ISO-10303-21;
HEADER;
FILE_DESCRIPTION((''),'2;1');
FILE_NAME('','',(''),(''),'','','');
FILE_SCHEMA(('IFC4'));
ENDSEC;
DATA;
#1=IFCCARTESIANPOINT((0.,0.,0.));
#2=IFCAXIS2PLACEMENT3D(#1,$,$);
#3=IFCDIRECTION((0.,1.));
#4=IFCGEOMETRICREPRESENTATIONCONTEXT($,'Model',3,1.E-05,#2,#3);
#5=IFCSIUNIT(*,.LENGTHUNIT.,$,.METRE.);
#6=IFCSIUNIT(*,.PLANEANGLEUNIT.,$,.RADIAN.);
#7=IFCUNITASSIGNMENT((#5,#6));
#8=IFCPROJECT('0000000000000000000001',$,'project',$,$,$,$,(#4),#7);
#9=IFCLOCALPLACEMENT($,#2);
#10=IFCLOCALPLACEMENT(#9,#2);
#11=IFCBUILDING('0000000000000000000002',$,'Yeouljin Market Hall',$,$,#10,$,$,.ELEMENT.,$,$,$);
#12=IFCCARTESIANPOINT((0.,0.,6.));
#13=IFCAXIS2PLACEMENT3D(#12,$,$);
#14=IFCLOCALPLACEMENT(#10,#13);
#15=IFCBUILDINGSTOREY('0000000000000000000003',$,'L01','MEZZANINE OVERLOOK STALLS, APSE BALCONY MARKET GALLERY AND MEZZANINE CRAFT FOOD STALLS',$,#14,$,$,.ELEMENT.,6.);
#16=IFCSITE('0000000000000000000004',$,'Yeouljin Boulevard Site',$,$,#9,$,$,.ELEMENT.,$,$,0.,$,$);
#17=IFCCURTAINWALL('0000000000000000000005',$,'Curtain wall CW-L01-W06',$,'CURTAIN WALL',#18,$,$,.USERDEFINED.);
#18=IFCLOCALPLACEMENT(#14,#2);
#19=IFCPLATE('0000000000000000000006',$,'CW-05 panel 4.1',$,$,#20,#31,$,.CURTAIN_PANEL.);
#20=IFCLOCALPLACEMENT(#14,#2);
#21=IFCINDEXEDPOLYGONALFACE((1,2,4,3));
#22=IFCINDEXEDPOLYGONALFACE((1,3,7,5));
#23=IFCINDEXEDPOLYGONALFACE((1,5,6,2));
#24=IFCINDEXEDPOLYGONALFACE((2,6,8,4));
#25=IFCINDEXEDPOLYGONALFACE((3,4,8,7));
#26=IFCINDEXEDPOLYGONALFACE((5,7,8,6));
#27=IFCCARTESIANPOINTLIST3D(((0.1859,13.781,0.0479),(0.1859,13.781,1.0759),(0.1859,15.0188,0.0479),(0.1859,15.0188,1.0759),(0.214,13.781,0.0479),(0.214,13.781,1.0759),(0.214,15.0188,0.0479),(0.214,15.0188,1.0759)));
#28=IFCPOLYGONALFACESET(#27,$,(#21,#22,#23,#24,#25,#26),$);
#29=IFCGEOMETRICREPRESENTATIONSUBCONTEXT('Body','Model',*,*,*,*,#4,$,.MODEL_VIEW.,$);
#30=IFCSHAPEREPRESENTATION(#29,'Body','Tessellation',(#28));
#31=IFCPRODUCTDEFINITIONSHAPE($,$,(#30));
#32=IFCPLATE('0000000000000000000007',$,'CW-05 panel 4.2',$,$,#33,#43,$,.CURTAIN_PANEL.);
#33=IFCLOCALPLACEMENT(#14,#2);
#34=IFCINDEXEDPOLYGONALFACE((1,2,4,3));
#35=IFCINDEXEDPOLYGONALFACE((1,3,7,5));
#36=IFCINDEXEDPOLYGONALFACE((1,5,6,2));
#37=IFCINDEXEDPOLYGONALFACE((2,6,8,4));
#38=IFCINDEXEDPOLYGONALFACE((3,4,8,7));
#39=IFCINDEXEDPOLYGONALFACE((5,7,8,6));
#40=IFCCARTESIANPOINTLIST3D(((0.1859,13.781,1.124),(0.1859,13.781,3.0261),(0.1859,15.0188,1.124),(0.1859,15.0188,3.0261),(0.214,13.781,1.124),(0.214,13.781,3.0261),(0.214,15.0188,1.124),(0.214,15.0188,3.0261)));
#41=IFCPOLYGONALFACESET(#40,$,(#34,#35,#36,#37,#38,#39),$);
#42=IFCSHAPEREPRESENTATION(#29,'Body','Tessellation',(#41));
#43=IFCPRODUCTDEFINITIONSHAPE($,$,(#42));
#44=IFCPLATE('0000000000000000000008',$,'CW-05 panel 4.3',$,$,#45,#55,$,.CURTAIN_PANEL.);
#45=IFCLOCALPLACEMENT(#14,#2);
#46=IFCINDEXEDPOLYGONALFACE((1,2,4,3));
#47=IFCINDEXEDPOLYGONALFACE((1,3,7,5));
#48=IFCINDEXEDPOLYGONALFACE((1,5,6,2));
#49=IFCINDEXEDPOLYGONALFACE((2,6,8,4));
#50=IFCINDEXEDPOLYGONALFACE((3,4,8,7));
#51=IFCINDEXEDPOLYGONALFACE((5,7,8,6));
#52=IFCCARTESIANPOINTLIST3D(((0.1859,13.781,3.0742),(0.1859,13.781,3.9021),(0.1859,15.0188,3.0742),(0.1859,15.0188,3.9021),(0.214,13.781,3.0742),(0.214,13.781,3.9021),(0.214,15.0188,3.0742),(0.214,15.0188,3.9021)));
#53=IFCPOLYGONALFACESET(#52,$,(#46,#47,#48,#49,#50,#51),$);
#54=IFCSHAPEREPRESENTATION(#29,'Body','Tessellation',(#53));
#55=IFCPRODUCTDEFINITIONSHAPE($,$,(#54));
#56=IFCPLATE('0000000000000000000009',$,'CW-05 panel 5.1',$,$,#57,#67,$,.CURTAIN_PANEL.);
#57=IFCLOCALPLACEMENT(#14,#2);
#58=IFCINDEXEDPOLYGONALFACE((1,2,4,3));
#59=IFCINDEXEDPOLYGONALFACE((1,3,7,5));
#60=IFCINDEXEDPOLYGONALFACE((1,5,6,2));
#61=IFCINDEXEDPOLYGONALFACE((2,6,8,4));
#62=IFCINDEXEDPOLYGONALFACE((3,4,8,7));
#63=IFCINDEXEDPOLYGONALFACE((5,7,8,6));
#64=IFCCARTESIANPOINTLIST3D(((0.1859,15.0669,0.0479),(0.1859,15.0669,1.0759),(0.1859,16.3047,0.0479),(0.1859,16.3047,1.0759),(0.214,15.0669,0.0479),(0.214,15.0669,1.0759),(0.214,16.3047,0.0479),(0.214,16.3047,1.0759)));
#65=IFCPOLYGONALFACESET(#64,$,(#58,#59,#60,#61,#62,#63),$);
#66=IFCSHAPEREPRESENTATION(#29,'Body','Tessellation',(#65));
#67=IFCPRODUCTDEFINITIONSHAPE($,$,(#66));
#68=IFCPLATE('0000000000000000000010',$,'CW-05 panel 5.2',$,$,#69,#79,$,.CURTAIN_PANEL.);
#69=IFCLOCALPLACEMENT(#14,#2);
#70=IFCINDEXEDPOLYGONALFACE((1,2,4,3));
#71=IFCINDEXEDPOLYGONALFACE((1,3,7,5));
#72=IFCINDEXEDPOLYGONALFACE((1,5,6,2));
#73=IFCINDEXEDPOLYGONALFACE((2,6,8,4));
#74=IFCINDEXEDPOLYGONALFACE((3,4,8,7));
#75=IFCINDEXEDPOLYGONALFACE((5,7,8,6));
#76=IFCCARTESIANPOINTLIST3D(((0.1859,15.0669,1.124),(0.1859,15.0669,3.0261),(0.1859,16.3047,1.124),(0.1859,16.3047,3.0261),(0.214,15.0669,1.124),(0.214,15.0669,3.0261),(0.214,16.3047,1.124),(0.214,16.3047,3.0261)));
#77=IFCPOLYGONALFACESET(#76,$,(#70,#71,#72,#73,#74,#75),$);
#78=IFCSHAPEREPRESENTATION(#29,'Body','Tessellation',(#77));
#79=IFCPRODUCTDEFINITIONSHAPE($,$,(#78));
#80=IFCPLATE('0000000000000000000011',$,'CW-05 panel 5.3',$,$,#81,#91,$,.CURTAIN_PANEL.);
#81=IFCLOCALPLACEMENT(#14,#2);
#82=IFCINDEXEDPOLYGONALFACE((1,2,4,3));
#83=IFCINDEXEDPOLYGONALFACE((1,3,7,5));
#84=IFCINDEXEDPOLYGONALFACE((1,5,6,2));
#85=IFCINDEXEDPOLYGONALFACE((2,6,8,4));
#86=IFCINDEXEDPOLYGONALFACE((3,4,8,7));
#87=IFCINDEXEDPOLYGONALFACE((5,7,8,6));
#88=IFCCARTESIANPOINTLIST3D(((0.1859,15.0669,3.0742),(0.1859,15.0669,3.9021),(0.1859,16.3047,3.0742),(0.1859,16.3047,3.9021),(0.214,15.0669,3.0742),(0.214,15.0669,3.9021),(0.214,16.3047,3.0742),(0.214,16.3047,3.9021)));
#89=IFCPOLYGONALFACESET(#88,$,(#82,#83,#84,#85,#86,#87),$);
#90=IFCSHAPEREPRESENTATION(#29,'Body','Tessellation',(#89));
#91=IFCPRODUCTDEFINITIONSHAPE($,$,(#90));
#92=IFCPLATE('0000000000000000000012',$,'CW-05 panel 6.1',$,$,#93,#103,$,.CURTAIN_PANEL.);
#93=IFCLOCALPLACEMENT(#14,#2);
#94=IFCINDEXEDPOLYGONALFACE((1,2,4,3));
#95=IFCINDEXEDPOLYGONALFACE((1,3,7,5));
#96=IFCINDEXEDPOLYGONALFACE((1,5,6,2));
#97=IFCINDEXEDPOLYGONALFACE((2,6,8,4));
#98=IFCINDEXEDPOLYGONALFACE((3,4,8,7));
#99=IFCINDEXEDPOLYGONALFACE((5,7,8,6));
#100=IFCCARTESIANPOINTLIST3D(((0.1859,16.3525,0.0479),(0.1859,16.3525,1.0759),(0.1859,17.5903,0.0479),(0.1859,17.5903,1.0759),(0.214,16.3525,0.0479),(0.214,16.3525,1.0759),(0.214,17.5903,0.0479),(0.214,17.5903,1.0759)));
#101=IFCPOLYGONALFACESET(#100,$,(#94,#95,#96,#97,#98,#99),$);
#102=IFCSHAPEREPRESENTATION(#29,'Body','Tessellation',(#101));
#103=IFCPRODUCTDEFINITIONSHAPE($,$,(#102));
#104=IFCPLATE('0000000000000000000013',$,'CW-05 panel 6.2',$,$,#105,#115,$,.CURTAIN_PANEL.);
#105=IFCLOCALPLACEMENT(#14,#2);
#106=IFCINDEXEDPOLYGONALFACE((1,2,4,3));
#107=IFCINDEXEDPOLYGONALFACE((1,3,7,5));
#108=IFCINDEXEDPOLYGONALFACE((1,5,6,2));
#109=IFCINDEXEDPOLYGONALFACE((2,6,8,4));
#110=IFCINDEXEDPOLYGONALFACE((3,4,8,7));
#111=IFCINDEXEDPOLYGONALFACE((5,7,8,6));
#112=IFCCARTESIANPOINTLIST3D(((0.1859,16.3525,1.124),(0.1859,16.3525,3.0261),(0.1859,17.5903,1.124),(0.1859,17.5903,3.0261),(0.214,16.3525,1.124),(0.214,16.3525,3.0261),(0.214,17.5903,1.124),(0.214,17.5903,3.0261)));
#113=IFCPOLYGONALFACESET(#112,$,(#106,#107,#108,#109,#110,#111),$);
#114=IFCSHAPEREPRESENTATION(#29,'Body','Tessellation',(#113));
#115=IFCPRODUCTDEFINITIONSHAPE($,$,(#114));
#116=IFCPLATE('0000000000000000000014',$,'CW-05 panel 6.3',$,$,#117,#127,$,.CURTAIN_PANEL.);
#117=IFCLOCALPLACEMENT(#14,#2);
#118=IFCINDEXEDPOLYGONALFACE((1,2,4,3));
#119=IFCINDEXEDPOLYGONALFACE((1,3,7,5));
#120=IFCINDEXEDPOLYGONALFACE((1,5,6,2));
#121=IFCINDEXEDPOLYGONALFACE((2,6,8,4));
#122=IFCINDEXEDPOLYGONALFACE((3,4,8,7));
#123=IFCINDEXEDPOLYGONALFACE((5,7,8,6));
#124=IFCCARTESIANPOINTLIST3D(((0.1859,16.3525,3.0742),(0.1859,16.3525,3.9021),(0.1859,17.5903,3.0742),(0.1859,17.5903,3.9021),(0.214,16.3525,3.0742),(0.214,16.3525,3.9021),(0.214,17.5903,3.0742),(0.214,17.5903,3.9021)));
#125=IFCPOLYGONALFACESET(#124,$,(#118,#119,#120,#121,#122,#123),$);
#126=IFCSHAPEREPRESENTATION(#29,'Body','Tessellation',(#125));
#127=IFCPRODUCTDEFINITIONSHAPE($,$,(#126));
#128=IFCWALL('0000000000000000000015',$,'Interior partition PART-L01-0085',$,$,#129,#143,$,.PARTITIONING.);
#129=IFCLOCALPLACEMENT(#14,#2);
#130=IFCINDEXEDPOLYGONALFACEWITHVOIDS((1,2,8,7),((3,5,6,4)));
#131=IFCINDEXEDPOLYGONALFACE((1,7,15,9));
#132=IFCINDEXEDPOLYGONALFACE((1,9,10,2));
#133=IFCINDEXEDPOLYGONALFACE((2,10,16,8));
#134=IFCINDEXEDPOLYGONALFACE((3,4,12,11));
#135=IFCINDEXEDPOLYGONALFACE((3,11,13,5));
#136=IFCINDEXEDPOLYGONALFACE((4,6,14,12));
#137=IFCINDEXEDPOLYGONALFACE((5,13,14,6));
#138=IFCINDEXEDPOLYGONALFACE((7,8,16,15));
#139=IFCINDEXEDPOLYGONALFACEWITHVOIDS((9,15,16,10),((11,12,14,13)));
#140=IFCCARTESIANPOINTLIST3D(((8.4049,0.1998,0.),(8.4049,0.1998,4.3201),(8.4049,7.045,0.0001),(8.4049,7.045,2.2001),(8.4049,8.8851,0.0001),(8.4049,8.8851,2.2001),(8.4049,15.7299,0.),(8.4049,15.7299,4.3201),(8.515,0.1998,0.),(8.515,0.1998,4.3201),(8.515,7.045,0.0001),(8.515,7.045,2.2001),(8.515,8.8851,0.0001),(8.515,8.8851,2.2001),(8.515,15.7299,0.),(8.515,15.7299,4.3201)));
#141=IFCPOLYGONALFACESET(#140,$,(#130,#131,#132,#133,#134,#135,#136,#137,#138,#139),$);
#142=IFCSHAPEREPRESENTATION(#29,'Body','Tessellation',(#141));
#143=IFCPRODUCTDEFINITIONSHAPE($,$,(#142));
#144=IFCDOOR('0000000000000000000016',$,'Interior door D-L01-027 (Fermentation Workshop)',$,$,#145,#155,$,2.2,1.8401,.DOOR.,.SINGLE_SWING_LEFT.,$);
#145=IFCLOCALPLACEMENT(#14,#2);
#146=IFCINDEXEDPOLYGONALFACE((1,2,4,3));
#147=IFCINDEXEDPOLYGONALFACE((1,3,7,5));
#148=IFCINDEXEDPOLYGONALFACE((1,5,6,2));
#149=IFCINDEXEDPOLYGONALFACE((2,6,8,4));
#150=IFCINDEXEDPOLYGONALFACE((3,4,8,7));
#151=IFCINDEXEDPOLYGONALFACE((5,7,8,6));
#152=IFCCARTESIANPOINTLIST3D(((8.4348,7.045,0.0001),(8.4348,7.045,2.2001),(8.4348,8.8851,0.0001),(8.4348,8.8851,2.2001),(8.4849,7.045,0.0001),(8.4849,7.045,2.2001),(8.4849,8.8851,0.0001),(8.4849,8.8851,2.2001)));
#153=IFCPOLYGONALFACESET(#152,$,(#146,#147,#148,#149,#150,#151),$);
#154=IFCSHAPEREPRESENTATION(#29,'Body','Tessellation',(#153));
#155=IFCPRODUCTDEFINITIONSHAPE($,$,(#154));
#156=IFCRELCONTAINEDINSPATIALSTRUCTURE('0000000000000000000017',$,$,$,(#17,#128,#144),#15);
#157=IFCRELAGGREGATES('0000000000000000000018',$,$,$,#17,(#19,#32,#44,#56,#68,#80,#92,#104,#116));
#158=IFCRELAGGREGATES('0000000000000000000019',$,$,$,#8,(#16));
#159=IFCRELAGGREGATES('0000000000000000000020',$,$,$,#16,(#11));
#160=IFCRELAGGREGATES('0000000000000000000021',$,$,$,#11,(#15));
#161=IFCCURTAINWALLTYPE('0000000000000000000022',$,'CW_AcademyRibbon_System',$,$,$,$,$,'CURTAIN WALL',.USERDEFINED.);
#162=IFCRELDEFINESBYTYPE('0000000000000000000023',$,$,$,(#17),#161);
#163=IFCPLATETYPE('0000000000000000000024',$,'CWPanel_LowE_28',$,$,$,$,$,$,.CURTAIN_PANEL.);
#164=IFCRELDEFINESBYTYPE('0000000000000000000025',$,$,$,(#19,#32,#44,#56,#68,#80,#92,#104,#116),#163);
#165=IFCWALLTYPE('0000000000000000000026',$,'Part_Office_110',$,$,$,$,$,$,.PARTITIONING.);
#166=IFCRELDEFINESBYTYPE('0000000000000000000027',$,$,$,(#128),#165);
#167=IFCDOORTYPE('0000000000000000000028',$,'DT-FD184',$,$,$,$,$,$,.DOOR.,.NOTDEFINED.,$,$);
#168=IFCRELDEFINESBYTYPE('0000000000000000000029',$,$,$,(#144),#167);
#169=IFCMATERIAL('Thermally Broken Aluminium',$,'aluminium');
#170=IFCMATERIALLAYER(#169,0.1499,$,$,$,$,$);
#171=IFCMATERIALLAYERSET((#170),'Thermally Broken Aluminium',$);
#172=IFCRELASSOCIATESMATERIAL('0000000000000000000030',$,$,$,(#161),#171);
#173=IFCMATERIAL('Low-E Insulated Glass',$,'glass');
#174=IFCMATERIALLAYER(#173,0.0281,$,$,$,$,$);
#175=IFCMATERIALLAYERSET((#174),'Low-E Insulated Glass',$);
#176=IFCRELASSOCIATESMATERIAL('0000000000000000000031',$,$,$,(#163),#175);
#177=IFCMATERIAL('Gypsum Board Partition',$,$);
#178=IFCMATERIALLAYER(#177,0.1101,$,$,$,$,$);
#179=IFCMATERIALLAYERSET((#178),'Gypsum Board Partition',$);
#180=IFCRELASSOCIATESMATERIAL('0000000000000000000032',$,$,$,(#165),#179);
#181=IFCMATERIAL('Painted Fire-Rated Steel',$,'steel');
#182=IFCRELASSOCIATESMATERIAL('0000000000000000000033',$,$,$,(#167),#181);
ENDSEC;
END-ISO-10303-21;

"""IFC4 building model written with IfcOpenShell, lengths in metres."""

from ifc_helpers import new_model, si_unit, direction, frame, frame_2d, origin, origin_2d, place, context, subcontext, project, spatial, rectangle, extrude, material, layer, layer_set, type_object, element, fill, aggregate, save


model = new_model("IFC4")

# Units and contexts
model_context = context("Model", 3, precision=1e-05, world=origin(), true_north=direction((0.0, 1.0)))
body_context = subcontext(model_context, "Body", "Model", "MODEL_VIEW")
ifc_project = project(units=[si_unit("LENGTHUNIT", "METRE"), si_unit("PLANEANGLEUNIT", "RADIAN")], contexts=[model_context])

# Site, building, storey
site_placement = place(None, origin())
site = spatial("IfcSite", under=ifc_project, at=site_placement, Name="Yeouljin Boulevard Site", CompositionType="ELEMENT", RefElevation=0.0)
building_placement = place(site_placement, origin())
building = spatial("IfcBuilding", under=site, at=building_placement, Name="Yeouljin Market Hall", CompositionType="ELEMENT")
storey_placement = place(building_placement, frame((0.0, 0.0, 6.0)))
storey = spatial("IfcBuildingStorey", under=building, at=storey_placement, Name="L01", Description="MEZZANINE OVERLOOK STALLS, APSE BALCONY MARKET GALLERY AND MEZZANINE CRAFT FOOD STALLS", CompositionType="ELEMENT", Elevation=6.0)

# Curtain wall, plates
ifc_material_1 = material(Name="Thermally Broken Aluminium", Category="aluminium")
ifc_layer_1 = layer(ifc_material_1, 0.1499)
ifc_layer_set_1 = layer_set([ifc_layer_1], Name="Thermally Broken Aluminium")
curtain_wall_type = type_object("IfcCurtainWallType", Name="CW_AcademyRibbon_System", ElementType="CURTAIN WALL", PredefinedType="USERDEFINED", material=ifc_layer_set_1)
curtain_wall_placement = place(storey_placement, origin())
curtain_wall = element("IfcCurtainWall", 1, at=curtain_wall_placement, inside=storey, type_object=curtain_wall_type, Name="Curtain wall CW-L01-W06", ObjectType="CURTAIN WALL", PredefinedType="USERDEFINED")
ifc_material_2 = material(Name="Low-E Insulated Glass", Category="glass")
ifc_layer_2 = layer(ifc_material_2, 0.0281)
ifc_layer_set_2 = layer_set([ifc_layer_2], Name="Low-E Insulated Glass")
plate_type = type_object("IfcPlateType", Name="CWPanel_LowE_28", PredefinedType="CURTAIN_PANEL", material=ifc_layer_set_2)
plate_1_placement = place(storey_placement, frame((0.2, 14.3999, 0.0479), z_axis=(0.0, 0.0, 1.0), x_axis=(0.0, 1.0, 0.0)))
plate_1 = element("IfcPlate", 2, at=plate_1_placement, type_object=plate_type, Name="CW-05 panel 4.1", PredefinedType="CURTAIN_PANEL", context=body_context, shape_type="SweptSolid", body=[
    extrude(rectangle(XDim=1.2378, YDim=0.0281, at=origin_2d()), origin(), (0.0, 0.0, 1.0), 1.0281),
])
plate_2_placement = place(storey_placement, frame((0.2, 14.3999, 1.124), z_axis=(0.0, 0.0, 1.0), x_axis=(0.0, 1.0, 0.0)))
plate_2 = element("IfcPlate", 3, at=plate_2_placement, type_object=plate_type, Name="CW-05 panel 4.2", PredefinedType="CURTAIN_PANEL", context=body_context, shape_type="SweptSolid", body=[
    extrude(rectangle(XDim=1.2378, YDim=0.0281, at=origin_2d()), origin(), (0.0, 0.0, 1.0), 1.9021),
])
plate_3_placement = place(storey_placement, frame((0.2, 14.3999, 3.0742), z_axis=(0.0, 0.0, 1.0), x_axis=(0.0, 1.0, 0.0)))
plate_3 = element("IfcPlate", 4, at=plate_3_placement, type_object=plate_type, Name="CW-05 panel 4.3", PredefinedType="CURTAIN_PANEL", context=body_context, shape_type="SweptSolid", body=[
    extrude(rectangle(XDim=1.2378, YDim=0.0281, at=origin_2d()), origin(), (0.0, 0.0, 1.0), 0.8279),
])
plate_4_placement = place(storey_placement, frame((0.2, 15.6858, 0.0479), z_axis=(0.0, 0.0, 1.0), x_axis=(0.0, 1.0, 0.0)))
plate_4 = element("IfcPlate", 5, at=plate_4_placement, type_object=plate_type, Name="CW-05 panel 5.1", PredefinedType="CURTAIN_PANEL", context=body_context, shape_type="SweptSolid", body=[
    extrude(rectangle(XDim=1.2378, YDim=0.0281, at=origin_2d()), origin(), (0.0, 0.0, 1.0), 1.0281),
])
plate_5_placement = place(storey_placement, frame((0.2, 15.6858, 1.124), z_axis=(0.0, 0.0, 1.0), x_axis=(0.0, 1.0, 0.0)))
plate_5 = element("IfcPlate", 6, at=plate_5_placement, type_object=plate_type, Name="CW-05 panel 5.2", PredefinedType="CURTAIN_PANEL", context=body_context, shape_type="SweptSolid", body=[
    extrude(rectangle(XDim=1.2378, YDim=0.0281, at=origin_2d()), origin(), (0.0, 0.0, 1.0), 1.9021),
])
plate_6_placement = place(storey_placement, frame((0.2, 15.6858, 3.0742), z_axis=(0.0, 0.0, 1.0), x_axis=(0.0, 1.0, 0.0)))
plate_6 = element("IfcPlate", 7, at=plate_6_placement, type_object=plate_type, Name="CW-05 panel 5.3", PredefinedType="CURTAIN_PANEL", context=body_context, shape_type="SweptSolid", body=[
    extrude(rectangle(XDim=1.2378, YDim=0.0281, at=origin_2d()), origin(), (0.0, 0.0, 1.0), 0.8279),
])
plate_7_placement = place(storey_placement, frame((0.2, 16.9714, 0.0479), z_axis=(0.0, 0.0, 1.0), x_axis=(0.0, 1.0, 0.0)))
plate_7 = element("IfcPlate", 8, at=plate_7_placement, type_object=plate_type, Name="CW-05 panel 6.1", PredefinedType="CURTAIN_PANEL", context=body_context, shape_type="SweptSolid", body=[
    extrude(rectangle(XDim=1.2378, YDim=0.0281, at=origin_2d()), origin(), (0.0, 0.0, 1.0), 1.0281),
])
plate_8_placement = place(storey_placement, frame((0.2, 16.9714, 1.124), z_axis=(0.0, 0.0, 1.0), x_axis=(0.0, 1.0, 0.0)))
plate_8 = element("IfcPlate", 9, at=plate_8_placement, type_object=plate_type, Name="CW-05 panel 6.2", PredefinedType="CURTAIN_PANEL", context=body_context, shape_type="SweptSolid", body=[
    extrude(rectangle(XDim=1.2378, YDim=0.0281, at=origin_2d()), origin(), (0.0, 0.0, 1.0), 1.9021),
])
plate_9_placement = place(storey_placement, frame((0.2, 16.9714, 3.0742), z_axis=(0.0, 0.0, 1.0), x_axis=(0.0, 1.0, 0.0)))
plate_9 = element("IfcPlate", 10, at=plate_9_placement, type_object=plate_type, Name="CW-05 panel 6.3", PredefinedType="CURTAIN_PANEL", context=body_context, shape_type="SweptSolid", body=[
    extrude(rectangle(XDim=1.2378, YDim=0.0281, at=origin_2d()), origin(), (0.0, 0.0, 1.0), 0.8279),
])
aggregate(curtain_wall, [plate_1, plate_2, plate_3, plate_4, plate_5, plate_6, plate_7, plate_8, plate_9])

# Wall, opening, door
ifc_material_3 = material(Name="Gypsum Board Partition")
ifc_layer_3 = layer(ifc_material_3, 0.1101)
ifc_layer_set_3 = layer_set([ifc_layer_3], Name="Gypsum Board Partition")
wall_type = type_object("IfcWallType", Name="Part_Office_110", PredefinedType="PARTITIONING", material=ifc_layer_set_3)
wall_placement = place(storey_placement, frame((8.46, 15.73, 0.0), z_axis=(0.0, 0.0, 1.0), x_axis=(0.0, -1.0, 0.0)))
wall = element("IfcWall", 11, at=wall_placement, inside=storey, type_object=wall_type, Name="Interior partition PART-L01-0085", PredefinedType="PARTITIONING", context=body_context, shape_type="SweptSolid", body=[
    extrude(rectangle(XDim=15.53, YDim=0.1101, at=frame_2d((7.7651, 0.0))), origin(), (0.0, 0.0, 1.0), 4.3201),
])
opening_placement = place(wall_placement, frame((6.845, 0.0, 0.0)))
opening = element("IfcOpeningElement", 12, at=opening_placement, cuts=wall, PredefinedType="OPENING", context=body_context, shape_type="SweptSolid", body=[
    extrude(rectangle(XDim=1.8401, YDim=2.2, at=frame_2d((0.9199, 1.1001))), frame((0.0, 0.0649, 0.0), z_axis=(0.0, -1.0, 0.0), x_axis=(1.0, 0.0, 0.0)), (0.0, 0.0, 1.0), 0.1301),
])
ifc_material_4 = material(Name="Painted Fire-Rated Steel", Category="steel")
door_type = type_object("IfcDoorType", Name="DT-FD184", OperationType="NOTDEFINED", PredefinedType="DOOR", material=ifc_material_4)
door_placement = place(opening_placement, origin())
door = element("IfcDoor", 13, at=door_placement, inside=storey, type_object=door_type, Name="Interior door D-L01-027 (Fermentation Workshop)", OperationType="SINGLE_SWING_LEFT", OverallHeight=2.2, OverallWidth=1.8401, PredefinedType="DOOR", context=body_context, shape_type="SweptSolid", body=[
    extrude(rectangle(XDim=1.8401, YDim=2.2, at=frame_2d((0.9199, 1.1001))), frame((0.0, 0.0249, 0.0), z_axis=(0.0, -1.0, 0.0), x_axis=(1.0, 0.0, 0.0)), (0.0, 0.0, 1.0), 0.05),
])
fill(opening, door)

save(model, "model.ifc")
